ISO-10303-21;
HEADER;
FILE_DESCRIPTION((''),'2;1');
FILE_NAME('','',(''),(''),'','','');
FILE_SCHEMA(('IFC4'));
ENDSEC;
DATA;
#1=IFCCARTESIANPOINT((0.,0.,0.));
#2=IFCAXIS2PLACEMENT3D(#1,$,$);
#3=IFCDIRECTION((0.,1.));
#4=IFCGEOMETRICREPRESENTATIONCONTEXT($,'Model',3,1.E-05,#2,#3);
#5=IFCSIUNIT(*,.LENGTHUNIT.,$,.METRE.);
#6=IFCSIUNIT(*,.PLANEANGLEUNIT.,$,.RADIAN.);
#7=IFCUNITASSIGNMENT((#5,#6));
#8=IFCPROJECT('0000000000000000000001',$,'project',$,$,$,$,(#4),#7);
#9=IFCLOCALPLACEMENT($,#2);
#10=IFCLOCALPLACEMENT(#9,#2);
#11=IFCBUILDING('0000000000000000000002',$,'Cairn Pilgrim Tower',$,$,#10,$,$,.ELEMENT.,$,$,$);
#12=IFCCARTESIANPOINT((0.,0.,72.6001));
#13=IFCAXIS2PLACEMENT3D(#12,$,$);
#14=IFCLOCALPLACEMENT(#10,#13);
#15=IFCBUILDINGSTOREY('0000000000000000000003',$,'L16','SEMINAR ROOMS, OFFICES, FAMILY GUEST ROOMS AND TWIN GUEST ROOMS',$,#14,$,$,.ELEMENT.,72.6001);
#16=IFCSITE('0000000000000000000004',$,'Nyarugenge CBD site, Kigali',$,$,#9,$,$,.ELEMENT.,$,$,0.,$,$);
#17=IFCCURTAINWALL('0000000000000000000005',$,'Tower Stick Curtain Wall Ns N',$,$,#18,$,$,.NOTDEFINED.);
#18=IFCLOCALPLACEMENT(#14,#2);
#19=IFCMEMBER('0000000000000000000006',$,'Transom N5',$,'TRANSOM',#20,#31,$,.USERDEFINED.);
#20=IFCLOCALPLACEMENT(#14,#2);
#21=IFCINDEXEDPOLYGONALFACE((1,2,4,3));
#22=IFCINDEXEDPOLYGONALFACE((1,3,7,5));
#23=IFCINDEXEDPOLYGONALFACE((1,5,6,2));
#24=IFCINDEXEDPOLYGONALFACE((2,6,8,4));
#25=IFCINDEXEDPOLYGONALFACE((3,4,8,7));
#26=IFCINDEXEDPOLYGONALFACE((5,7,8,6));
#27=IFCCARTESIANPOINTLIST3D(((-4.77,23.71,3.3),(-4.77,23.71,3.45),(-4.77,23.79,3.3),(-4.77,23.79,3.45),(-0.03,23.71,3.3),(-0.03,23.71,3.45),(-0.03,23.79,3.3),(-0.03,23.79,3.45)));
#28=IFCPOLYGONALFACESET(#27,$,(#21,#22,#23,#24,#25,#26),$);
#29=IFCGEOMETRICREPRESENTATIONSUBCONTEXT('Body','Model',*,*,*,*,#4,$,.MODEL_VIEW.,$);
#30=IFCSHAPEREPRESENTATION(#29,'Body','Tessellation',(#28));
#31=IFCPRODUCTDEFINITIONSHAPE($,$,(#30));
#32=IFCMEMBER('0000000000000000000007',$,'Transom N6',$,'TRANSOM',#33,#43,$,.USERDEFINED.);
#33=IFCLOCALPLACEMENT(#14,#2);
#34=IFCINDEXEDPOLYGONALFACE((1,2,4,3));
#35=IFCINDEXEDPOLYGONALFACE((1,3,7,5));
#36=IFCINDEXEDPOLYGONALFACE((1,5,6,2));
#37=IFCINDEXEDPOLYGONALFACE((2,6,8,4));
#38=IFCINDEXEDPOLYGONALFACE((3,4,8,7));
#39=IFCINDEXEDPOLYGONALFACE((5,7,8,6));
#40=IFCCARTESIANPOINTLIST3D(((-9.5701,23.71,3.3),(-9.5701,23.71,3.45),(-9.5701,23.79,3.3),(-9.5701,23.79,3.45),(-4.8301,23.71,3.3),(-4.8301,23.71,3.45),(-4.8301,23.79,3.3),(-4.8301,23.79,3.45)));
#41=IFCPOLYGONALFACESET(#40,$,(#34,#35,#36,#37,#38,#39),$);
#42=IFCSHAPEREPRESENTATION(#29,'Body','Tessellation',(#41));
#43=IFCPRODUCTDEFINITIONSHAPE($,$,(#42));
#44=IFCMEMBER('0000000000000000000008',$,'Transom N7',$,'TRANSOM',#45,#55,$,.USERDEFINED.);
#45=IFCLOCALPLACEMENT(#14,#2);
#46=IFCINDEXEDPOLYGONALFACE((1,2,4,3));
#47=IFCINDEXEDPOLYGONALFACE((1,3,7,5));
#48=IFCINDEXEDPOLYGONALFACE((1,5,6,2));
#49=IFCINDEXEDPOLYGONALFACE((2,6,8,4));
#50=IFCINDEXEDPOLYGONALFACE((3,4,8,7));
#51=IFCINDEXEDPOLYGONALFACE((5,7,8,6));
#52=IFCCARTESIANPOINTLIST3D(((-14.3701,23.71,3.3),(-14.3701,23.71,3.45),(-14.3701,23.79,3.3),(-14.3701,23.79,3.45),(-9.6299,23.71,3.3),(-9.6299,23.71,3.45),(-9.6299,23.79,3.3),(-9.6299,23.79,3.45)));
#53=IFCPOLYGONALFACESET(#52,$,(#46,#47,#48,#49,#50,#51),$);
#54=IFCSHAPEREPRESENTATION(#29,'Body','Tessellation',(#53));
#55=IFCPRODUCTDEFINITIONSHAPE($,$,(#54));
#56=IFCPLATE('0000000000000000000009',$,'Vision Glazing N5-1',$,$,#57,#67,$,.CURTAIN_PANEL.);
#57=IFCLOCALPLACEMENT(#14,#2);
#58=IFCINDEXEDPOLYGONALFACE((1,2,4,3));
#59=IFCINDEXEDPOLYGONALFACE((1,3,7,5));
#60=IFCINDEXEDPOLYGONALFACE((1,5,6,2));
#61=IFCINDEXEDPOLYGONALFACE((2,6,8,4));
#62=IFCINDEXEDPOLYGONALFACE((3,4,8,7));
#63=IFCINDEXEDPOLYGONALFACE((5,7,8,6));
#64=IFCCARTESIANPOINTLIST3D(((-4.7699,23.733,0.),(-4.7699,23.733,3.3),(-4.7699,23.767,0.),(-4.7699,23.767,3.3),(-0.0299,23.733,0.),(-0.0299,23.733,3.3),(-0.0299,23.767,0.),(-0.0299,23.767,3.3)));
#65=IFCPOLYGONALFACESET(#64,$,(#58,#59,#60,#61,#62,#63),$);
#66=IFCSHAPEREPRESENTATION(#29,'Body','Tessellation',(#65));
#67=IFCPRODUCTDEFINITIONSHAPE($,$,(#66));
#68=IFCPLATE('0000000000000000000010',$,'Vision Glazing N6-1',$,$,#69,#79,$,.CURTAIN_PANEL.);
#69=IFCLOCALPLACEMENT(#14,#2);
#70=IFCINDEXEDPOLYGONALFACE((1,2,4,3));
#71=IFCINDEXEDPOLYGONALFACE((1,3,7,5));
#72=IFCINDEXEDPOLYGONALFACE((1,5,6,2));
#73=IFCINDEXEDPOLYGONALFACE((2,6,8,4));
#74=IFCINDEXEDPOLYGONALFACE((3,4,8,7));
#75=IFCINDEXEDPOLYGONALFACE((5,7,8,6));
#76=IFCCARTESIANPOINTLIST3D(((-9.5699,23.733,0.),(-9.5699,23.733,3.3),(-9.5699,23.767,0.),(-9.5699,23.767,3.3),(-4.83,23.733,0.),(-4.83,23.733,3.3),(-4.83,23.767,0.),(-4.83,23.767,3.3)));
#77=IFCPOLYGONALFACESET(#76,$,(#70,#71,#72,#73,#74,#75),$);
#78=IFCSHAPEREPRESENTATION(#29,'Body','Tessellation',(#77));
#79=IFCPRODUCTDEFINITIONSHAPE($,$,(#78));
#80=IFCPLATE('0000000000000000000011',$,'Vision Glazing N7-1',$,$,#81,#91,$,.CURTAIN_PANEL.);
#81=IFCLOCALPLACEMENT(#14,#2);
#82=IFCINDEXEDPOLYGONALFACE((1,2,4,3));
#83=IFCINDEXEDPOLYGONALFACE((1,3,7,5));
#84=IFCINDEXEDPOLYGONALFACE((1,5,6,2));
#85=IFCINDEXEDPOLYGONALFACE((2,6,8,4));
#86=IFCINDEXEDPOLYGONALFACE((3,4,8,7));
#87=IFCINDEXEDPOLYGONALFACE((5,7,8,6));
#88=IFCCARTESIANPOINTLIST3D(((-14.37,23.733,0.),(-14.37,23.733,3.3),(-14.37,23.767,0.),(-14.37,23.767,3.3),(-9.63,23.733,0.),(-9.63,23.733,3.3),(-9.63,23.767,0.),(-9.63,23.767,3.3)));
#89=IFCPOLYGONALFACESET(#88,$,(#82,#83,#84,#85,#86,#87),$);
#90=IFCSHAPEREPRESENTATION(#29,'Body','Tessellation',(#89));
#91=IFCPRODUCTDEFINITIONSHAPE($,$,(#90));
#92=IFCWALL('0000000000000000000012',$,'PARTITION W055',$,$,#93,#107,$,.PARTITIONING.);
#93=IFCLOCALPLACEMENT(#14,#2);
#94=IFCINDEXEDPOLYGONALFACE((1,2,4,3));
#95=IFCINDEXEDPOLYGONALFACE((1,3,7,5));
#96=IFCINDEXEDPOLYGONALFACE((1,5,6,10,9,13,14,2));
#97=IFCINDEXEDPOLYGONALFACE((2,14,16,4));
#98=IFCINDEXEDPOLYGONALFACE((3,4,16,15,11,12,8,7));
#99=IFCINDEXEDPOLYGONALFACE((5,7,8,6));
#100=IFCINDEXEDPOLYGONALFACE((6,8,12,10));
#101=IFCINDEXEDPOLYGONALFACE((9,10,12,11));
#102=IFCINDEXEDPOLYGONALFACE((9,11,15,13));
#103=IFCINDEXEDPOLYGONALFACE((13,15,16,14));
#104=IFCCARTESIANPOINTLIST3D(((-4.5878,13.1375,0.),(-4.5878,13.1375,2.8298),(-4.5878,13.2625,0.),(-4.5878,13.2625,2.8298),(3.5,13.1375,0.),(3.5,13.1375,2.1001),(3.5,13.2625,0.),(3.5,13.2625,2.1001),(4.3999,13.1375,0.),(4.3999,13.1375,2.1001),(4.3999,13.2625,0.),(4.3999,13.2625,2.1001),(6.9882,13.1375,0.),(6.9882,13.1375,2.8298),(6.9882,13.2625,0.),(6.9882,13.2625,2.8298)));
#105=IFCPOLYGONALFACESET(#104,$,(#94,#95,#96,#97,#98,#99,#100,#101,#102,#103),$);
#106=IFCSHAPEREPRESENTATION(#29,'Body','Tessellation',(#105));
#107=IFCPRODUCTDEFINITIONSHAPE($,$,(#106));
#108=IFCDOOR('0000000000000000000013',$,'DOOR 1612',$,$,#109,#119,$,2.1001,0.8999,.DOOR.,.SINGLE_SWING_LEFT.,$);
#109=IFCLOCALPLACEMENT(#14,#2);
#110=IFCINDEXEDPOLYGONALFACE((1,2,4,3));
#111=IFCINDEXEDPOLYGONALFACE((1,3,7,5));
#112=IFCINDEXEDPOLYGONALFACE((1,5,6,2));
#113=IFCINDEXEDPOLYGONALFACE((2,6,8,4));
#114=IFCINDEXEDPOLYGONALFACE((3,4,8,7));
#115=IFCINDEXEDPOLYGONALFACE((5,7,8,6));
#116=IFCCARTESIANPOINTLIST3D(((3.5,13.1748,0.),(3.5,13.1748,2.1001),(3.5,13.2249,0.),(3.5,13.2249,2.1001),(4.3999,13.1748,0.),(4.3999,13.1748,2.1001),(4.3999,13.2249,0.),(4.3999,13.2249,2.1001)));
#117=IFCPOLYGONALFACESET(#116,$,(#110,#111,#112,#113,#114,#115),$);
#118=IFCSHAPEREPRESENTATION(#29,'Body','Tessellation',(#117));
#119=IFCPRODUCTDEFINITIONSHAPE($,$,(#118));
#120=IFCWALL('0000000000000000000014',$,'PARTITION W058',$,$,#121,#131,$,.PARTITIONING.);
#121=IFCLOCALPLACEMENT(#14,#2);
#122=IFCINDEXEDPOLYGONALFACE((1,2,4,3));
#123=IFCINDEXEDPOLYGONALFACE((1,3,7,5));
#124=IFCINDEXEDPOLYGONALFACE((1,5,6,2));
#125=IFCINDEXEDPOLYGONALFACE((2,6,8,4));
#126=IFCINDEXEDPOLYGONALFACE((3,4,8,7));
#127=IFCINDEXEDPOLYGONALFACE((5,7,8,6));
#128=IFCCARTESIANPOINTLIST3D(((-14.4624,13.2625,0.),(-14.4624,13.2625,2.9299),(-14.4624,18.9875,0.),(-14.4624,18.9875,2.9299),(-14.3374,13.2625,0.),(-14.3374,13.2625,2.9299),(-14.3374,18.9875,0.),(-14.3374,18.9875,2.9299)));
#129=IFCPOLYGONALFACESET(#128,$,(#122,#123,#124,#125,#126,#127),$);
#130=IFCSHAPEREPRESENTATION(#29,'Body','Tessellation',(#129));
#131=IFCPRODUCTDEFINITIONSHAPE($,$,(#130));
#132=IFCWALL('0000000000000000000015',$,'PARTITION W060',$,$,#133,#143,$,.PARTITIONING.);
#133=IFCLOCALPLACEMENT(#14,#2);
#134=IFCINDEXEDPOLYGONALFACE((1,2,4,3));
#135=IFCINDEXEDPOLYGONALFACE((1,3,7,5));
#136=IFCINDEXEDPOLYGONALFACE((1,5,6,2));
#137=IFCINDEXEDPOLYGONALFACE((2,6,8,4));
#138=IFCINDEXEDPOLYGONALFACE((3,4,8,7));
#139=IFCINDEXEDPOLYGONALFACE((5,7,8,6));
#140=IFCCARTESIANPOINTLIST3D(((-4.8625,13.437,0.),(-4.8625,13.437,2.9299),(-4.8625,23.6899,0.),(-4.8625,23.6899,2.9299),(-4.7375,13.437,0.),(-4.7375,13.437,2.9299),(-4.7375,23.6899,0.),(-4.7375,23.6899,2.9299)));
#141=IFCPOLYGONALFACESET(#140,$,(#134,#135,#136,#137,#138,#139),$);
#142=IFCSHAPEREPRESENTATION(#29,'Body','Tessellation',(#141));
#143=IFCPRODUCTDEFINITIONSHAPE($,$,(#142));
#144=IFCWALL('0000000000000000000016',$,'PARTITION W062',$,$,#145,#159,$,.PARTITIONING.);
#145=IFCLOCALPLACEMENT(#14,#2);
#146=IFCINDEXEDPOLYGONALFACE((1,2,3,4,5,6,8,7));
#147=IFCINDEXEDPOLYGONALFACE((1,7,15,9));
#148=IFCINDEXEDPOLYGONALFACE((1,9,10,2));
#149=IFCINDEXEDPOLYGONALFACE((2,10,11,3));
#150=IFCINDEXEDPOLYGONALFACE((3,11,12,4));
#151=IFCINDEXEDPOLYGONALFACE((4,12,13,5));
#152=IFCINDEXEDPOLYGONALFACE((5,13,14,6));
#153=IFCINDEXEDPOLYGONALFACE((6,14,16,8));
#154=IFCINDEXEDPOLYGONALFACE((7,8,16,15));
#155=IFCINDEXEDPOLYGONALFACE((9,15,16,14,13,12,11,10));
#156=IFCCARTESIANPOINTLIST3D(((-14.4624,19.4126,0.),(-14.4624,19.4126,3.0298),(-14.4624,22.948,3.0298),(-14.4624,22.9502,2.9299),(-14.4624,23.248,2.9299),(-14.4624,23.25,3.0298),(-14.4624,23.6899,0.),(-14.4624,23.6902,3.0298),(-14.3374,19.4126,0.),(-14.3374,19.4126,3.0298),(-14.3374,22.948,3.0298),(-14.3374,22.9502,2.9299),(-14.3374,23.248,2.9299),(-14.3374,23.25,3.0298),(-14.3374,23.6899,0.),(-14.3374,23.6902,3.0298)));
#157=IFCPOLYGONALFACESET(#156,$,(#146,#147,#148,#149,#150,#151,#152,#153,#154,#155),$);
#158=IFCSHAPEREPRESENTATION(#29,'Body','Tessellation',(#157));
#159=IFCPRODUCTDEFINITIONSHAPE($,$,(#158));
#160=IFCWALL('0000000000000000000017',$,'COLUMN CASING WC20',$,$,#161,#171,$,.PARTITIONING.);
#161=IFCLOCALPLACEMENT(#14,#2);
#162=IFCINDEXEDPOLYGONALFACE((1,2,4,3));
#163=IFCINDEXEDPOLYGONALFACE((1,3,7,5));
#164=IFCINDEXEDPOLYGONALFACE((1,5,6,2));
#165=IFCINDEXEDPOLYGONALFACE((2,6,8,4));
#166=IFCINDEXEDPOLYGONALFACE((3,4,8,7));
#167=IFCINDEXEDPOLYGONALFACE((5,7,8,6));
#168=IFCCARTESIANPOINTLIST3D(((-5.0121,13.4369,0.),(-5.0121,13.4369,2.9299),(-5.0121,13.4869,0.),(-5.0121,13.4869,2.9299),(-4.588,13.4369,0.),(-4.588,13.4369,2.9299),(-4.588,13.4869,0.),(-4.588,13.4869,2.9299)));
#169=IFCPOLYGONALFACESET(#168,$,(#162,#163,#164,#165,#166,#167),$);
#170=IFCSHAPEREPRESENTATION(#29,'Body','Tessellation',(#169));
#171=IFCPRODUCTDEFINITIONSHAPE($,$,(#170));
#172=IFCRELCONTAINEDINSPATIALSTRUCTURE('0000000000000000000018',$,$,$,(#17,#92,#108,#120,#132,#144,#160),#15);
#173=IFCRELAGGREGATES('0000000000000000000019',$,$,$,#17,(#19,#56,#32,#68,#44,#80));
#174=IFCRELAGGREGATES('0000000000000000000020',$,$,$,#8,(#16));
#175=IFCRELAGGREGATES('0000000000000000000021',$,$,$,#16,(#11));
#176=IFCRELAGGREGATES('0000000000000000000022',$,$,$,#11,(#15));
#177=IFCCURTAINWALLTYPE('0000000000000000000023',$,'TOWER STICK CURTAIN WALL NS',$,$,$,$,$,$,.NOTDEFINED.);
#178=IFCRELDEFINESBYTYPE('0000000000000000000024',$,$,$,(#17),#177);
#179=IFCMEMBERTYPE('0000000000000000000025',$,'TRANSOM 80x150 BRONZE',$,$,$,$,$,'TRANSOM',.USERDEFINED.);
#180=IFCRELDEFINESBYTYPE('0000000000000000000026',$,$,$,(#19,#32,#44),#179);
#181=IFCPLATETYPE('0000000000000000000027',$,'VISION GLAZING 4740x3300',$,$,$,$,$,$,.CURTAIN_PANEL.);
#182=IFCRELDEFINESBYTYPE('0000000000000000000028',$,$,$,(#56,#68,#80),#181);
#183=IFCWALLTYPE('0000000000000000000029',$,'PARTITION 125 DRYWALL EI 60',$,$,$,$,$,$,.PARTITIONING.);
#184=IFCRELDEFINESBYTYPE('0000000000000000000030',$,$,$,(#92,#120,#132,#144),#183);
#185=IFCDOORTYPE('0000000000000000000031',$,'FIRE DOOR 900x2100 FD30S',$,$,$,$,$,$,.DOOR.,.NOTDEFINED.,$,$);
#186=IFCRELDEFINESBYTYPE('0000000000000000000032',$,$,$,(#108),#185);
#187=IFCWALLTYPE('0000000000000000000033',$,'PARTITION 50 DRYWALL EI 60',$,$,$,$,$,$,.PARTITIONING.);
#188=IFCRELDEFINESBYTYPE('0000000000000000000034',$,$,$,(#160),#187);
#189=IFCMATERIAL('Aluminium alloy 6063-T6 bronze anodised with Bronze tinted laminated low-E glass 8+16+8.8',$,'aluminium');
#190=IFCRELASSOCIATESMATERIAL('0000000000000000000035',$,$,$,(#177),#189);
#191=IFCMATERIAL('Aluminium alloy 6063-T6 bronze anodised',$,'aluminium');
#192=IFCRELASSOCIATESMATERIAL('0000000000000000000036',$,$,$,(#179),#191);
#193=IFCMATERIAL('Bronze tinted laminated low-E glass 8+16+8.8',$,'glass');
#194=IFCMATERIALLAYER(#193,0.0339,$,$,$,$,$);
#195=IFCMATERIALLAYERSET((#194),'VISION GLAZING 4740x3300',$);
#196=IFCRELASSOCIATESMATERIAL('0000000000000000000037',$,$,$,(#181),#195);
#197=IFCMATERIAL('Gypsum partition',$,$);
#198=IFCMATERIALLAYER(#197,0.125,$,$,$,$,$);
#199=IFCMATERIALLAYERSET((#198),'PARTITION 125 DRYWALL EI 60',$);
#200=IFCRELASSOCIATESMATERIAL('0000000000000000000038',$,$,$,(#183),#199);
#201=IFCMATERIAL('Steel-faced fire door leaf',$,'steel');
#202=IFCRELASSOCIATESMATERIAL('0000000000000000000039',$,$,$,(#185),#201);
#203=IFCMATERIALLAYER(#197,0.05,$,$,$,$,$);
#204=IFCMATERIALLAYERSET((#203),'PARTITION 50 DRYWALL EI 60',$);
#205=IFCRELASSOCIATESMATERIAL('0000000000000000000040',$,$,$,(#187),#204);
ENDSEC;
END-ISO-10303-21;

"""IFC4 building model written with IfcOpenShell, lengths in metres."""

from ifc_helpers import new_model, si_unit, direction, frame, frame_2d, origin, origin_2d, place, context, subcontext, project, spatial, polyline, rectangle, outline, extrude, material, layer, layer_set, material_profile, profile_set, type_object, element, fill, aggregate, save


model = new_model("IFC4")

# Units and contexts
model_context = context("Model", 3, precision=1e-05, world=origin(), true_north=direction((0.0, 1.0)))
body_context = subcontext(model_context, "Body", "Model", "MODEL_VIEW")
ifc_project = project(units=[si_unit("LENGTHUNIT", "METRE"), si_unit("PLANEANGLEUNIT", "RADIAN")], contexts=[model_context])

# Site, building, storey
site_placement = place(None, origin())
site = spatial("IfcSite", under=ifc_project, at=site_placement, Name="Nyarugenge CBD site, Kigali", CompositionType="ELEMENT", RefElevation=0.0)
building_placement = place(site_placement, origin())
building = spatial("IfcBuilding", under=site, at=building_placement, Name="Cairn Pilgrim Tower", CompositionType="ELEMENT")
storey_placement = place(building_placement, frame((0.0, 0.0, 72.6001)))
storey = spatial("IfcBuildingStorey", under=building, at=storey_placement, Name="L16", Description="SEMINAR ROOMS, OFFICES, FAMILY GUEST ROOMS AND TWIN GUEST ROOMS", CompositionType="ELEMENT", Elevation=72.6001)

# Curtain wall
ifc_material_1 = material(Name="Aluminium alloy 6063-T6 bronze anodised with Bronze tinted laminated low-E glass 8+16+8.8", Category="aluminium")
curtain_wall_type = type_object("IfcCurtainWallType", Name="TOWER STICK CURTAIN WALL NS", PredefinedType="NOTDEFINED", material=ifc_material_1)
curtain_wall_placement = place(storey_placement, origin())
curtain_wall = element("IfcCurtainWall", 1, at=curtain_wall_placement, inside=storey, type_object=curtain_wall_type, Name="Tower Stick Curtain Wall Ns N", PredefinedType="NOTDEFINED")
ifc_material_2 = material(Name="Aluminium alloy 6063-T6 bronze anodised", Category="aluminium")

# Members
ifc_material_profile_1 = material_profile(ifc_material_2, rectangle(XDim=0.0801, YDim=0.1499, at=origin_2d()), Name="TRANSOM 80x150 BRONZE")
ifc_profile_set_1 = profile_set([ifc_material_profile_1], Name="Aluminium alloy 6063-T6 bronze anodised")
member_type_1 = type_object("IfcMemberType", Name="TRANSOM 80x150 BRONZE", ElementType="TRANSOM", PredefinedType="USERDEFINED", material=ifc_profile_set_1)
member_1_placement = place(storey_placement, frame((-0.03, 23.75, 3.375), z_axis=(-1.0, 0.0, 0.0), x_axis=(0.0, -1.0, 0.0)))
member_1 = element("IfcMember", 2, at=member_1_placement, type_object=member_type_1, Name="Transom N5", ObjectType="TRANSOM", PredefinedType="USERDEFINED", context=body_context, shape_type="SweptSolid", body=[
    extrude(rectangle(XDim=0.0801, YDim=0.1499, at=origin_2d()), origin(), (0.0, 0.0, 1.0), 4.74),
])
member_2_placement = place(storey_placement, frame((-4.8301, 23.75, 3.375), z_axis=(-1.0, 0.0, 0.0), x_axis=(0.0, -1.0, 0.0)))
member_2 = element("IfcMember", 3, at=member_2_placement, type_object=member_type_1, Name="Transom N6", ObjectType="TRANSOM", PredefinedType="USERDEFINED", context=body_context, shape_type="SweptSolid", body=[
    extrude(rectangle(XDim=0.0801, YDim=0.1499, at=origin_2d()), origin(), (0.0, 0.0, 1.0), 4.74),
])
member_3_placement = place(storey_placement, frame((-9.6299, 23.75, 3.375), z_axis=(-1.0, 0.0, 0.0), x_axis=(0.0, -1.0, 0.0)))
member_3 = element("IfcMember", 4, at=member_3_placement, type_object=member_type_1, Name="Transom N7", ObjectType="TRANSOM", PredefinedType="USERDEFINED", context=body_context, shape_type="SweptSolid", body=[
    extrude(rectangle(XDim=0.0801, YDim=0.1499, at=origin_2d()), origin(), (0.0, 0.0, 1.0), 4.7402),
])

# Plates
ifc_material_3 = material(Name="Bronze tinted laminated low-E glass 8+16+8.8", Category="glass")
ifc_layer_1 = layer(ifc_material_3, 0.0339)
ifc_layer_set_1 = layer_set([ifc_layer_1], Name="VISION GLAZING 4740x3300")
plate_type = type_object("IfcPlateType", Name="VISION GLAZING 4740x3300", PredefinedType="CURTAIN_PANEL", material=ifc_layer_set_1)
plate_1_placement = place(storey_placement, frame((-2.3999, 23.75, 0.0), z_axis=(0.0, 0.0, 1.0), x_axis=(-1.0, 0.0, 0.0)))
plate_1 = element("IfcPlate", 5, at=plate_1_placement, type_object=plate_type, Name="Vision Glazing N5-1", PredefinedType="CURTAIN_PANEL", context=body_context, shape_type="SweptSolid", body=[
    extrude(rectangle(XDim=4.74, YDim=0.0339, at=origin_2d()), origin(), (0.0, 0.0, 1.0), 3.3),
])
plate_2_placement = place(storey_placement, frame((-7.2, 23.75, 0.0), z_axis=(0.0, 0.0, 1.0), x_axis=(-1.0, 0.0, 0.0)))
plate_2 = element("IfcPlate", 6, at=plate_2_placement, type_object=plate_type, Name="Vision Glazing N6-1", PredefinedType="CURTAIN_PANEL", context=body_context, shape_type="SweptSolid", body=[
    extrude(rectangle(XDim=4.74, YDim=0.0339, at=origin_2d()), origin(), (0.0, 0.0, 1.0), 3.3),
])
plate_3_placement = place(storey_placement, frame((-12.0, 23.75, 0.0), z_axis=(0.0, 0.0, 1.0), x_axis=(-1.0, 0.0, 0.0)))
plate_3 = element("IfcPlate", 7, at=plate_3_placement, type_object=plate_type, Name="Vision Glazing N7-1", PredefinedType="CURTAIN_PANEL", context=body_context, shape_type="SweptSolid", body=[
    extrude(rectangle(XDim=4.74, YDim=0.0339, at=origin_2d()), origin(), (0.0, 0.0, 1.0), 3.3),
])
aggregate(curtain_wall, [member_1, plate_1, member_2, plate_2, member_3, plate_3])

# Wall, opening, door
ifc_material_4 = material(Name="Gypsum partition")
ifc_layer_2 = layer(ifc_material_4, 0.125)
ifc_layer_set_2 = layer_set([ifc_layer_2], Name="PARTITION 125 DRYWALL EI 60")
wall_type_1 = type_object("IfcWallType", Name="PARTITION 125 DRYWALL EI 60", PredefinedType="PARTITIONING", material=ifc_layer_set_2)
wall_1_placement = place(storey_placement, frame((-4.5879, 13.2, 0.0), z_axis=(0.0, 0.0, 1.0), x_axis=(1.0, 0.0, 0.0)))
wall_1 = element("IfcWall", 8, at=wall_1_placement, inside=storey, type_object=wall_type_1, Name="PARTITION W055", PredefinedType="PARTITIONING", context=body_context, shape_type="SweptSolid", body=[
    extrude(rectangle(XDim=11.5759, YDim=0.125, at=frame_2d((5.7881, 0.0))), origin(), (0.0, 0.0, 1.0), 2.8298),
])
opening_placement = place(wall_1_placement, frame((8.0879, 0.0, 0.0)))
opening = element("IfcOpeningElement", 9, at=opening_placement, cuts=wall_1, PredefinedType="OPENING", context=body_context, shape_type="SweptSolid", body=[
    extrude(rectangle(XDim=0.8999, YDim=2.1001, at=frame_2d((0.45, 1.05))), frame((0.0, 0.0725, 0.0), z_axis=(0.0, -1.0, 0.0), x_axis=(1.0, 0.0, 0.0)), (0.0, 0.0, 1.0), 0.145),
])
ifc_material_5 = material(Name="Steel-faced fire door leaf", Category="steel")
door_type = type_object("IfcDoorType", Name="FIRE DOOR 900x2100 FD30S", OperationType="NOTDEFINED", PredefinedType="DOOR", material=ifc_material_5)
door_placement = place(opening_placement, origin())
door = element("IfcDoor", 10, at=door_placement, inside=storey, type_object=door_type, Name="DOOR 1612", OperationType="SINGLE_SWING_LEFT", OverallHeight=2.1001, OverallWidth=0.8999, PredefinedType="DOOR", context=body_context, shape_type="SweptSolid", body=[
    extrude(rectangle(XDim=0.8999, YDim=2.1001, at=frame_2d((0.45, 1.05))), frame((0.0, 0.0249, 0.0), z_axis=(0.0, -1.0, 0.0), x_axis=(1.0, 0.0, 0.0)), (0.0, 0.0, 1.0), 0.05),
])
fill(opening, door)

# Walls
wall_2_placement = place(storey_placement, frame((-14.3999, 13.2625, 0.0), z_axis=(0.0, 0.0, 1.0), x_axis=(0.0, 1.0, 0.0)))
element("IfcWall", 11, at=wall_2_placement, inside=storey, type_object=wall_type_1, Name="PARTITION W058", PredefinedType="PARTITIONING", context=body_context, shape_type="SweptSolid", body=[
    extrude(rectangle(XDim=5.7251, YDim=0.125, at=frame_2d((2.8625, 0.0))), origin(), (0.0, 0.0, 1.0), 2.9299),
])
wall_3_placement = place(storey_placement, frame((-4.8, 13.437, 0.0), z_axis=(0.0, 0.0, 1.0), x_axis=(0.0, 1.0, 0.0)))
element("IfcWall", 12, at=wall_3_placement, inside=storey, type_object=wall_type_1, Name="PARTITION W060", PredefinedType="PARTITIONING", context=body_context, shape_type="SweptSolid", body=[
    extrude(rectangle(XDim=10.2529, YDim=0.125, at=frame_2d((5.1265, 0.0))), origin(), (0.0, 0.0, 1.0), 2.9299),
])
wall_4_placement = place(storey_placement, frame((-14.3999, 19.4126, 0.0), z_axis=(0.0, 0.0, 1.0), x_axis=(0.0, 1.0, 0.0)))
element("IfcWall", 13, at=wall_4_placement, inside=storey, type_object=wall_type_1, Name="PARTITION W062", PredefinedType="PARTITIONING", context=body_context, shape_type="SweptSolid", body=[
    extrude(outline(polyline([(0.0, 0.0), (4.2773, 0.0), (4.2776, 3.0298), (3.8374, 3.0298), (3.8354, 2.9299), (3.5376, 2.9299), (3.5354, 3.0298), (0.0, 3.0298), (0.0, 0.0)])), frame((0.0, 0.0625, 0.0), z_axis=(0.0, -1.0, 0.0), x_axis=(1.0, 0.0, 0.0)), (0.0, 0.0, 1.0), 0.125),
])
ifc_layer_3 = layer(ifc_material_4, 0.05)
ifc_layer_set_3 = layer_set([ifc_layer_3], Name="PARTITION 50 DRYWALL EI 60")
wall_type_2 = type_object("IfcWallType", Name="PARTITION 50 DRYWALL EI 60", PredefinedType="PARTITIONING", material=ifc_layer_set_3)
wall_5_placement = place(storey_placement, frame((-5.012, 13.4619, 0.0), z_axis=(0.0, 0.0, 1.0), x_axis=(1.0, 0.0, 0.0)))
element("IfcWall", 14, at=wall_5_placement, inside=storey, type_object=wall_type_2, Name="COLUMN CASING WC20", PredefinedType="PARTITIONING", context=body_context, shape_type="SweptSolid", body=[
    extrude(rectangle(XDim=0.4241, YDim=0.05, at=frame_2d((0.2119, 0.0))), origin(), (0.0, 0.0, 1.0), 2.9299),
])

save(model, "model.ifc")
